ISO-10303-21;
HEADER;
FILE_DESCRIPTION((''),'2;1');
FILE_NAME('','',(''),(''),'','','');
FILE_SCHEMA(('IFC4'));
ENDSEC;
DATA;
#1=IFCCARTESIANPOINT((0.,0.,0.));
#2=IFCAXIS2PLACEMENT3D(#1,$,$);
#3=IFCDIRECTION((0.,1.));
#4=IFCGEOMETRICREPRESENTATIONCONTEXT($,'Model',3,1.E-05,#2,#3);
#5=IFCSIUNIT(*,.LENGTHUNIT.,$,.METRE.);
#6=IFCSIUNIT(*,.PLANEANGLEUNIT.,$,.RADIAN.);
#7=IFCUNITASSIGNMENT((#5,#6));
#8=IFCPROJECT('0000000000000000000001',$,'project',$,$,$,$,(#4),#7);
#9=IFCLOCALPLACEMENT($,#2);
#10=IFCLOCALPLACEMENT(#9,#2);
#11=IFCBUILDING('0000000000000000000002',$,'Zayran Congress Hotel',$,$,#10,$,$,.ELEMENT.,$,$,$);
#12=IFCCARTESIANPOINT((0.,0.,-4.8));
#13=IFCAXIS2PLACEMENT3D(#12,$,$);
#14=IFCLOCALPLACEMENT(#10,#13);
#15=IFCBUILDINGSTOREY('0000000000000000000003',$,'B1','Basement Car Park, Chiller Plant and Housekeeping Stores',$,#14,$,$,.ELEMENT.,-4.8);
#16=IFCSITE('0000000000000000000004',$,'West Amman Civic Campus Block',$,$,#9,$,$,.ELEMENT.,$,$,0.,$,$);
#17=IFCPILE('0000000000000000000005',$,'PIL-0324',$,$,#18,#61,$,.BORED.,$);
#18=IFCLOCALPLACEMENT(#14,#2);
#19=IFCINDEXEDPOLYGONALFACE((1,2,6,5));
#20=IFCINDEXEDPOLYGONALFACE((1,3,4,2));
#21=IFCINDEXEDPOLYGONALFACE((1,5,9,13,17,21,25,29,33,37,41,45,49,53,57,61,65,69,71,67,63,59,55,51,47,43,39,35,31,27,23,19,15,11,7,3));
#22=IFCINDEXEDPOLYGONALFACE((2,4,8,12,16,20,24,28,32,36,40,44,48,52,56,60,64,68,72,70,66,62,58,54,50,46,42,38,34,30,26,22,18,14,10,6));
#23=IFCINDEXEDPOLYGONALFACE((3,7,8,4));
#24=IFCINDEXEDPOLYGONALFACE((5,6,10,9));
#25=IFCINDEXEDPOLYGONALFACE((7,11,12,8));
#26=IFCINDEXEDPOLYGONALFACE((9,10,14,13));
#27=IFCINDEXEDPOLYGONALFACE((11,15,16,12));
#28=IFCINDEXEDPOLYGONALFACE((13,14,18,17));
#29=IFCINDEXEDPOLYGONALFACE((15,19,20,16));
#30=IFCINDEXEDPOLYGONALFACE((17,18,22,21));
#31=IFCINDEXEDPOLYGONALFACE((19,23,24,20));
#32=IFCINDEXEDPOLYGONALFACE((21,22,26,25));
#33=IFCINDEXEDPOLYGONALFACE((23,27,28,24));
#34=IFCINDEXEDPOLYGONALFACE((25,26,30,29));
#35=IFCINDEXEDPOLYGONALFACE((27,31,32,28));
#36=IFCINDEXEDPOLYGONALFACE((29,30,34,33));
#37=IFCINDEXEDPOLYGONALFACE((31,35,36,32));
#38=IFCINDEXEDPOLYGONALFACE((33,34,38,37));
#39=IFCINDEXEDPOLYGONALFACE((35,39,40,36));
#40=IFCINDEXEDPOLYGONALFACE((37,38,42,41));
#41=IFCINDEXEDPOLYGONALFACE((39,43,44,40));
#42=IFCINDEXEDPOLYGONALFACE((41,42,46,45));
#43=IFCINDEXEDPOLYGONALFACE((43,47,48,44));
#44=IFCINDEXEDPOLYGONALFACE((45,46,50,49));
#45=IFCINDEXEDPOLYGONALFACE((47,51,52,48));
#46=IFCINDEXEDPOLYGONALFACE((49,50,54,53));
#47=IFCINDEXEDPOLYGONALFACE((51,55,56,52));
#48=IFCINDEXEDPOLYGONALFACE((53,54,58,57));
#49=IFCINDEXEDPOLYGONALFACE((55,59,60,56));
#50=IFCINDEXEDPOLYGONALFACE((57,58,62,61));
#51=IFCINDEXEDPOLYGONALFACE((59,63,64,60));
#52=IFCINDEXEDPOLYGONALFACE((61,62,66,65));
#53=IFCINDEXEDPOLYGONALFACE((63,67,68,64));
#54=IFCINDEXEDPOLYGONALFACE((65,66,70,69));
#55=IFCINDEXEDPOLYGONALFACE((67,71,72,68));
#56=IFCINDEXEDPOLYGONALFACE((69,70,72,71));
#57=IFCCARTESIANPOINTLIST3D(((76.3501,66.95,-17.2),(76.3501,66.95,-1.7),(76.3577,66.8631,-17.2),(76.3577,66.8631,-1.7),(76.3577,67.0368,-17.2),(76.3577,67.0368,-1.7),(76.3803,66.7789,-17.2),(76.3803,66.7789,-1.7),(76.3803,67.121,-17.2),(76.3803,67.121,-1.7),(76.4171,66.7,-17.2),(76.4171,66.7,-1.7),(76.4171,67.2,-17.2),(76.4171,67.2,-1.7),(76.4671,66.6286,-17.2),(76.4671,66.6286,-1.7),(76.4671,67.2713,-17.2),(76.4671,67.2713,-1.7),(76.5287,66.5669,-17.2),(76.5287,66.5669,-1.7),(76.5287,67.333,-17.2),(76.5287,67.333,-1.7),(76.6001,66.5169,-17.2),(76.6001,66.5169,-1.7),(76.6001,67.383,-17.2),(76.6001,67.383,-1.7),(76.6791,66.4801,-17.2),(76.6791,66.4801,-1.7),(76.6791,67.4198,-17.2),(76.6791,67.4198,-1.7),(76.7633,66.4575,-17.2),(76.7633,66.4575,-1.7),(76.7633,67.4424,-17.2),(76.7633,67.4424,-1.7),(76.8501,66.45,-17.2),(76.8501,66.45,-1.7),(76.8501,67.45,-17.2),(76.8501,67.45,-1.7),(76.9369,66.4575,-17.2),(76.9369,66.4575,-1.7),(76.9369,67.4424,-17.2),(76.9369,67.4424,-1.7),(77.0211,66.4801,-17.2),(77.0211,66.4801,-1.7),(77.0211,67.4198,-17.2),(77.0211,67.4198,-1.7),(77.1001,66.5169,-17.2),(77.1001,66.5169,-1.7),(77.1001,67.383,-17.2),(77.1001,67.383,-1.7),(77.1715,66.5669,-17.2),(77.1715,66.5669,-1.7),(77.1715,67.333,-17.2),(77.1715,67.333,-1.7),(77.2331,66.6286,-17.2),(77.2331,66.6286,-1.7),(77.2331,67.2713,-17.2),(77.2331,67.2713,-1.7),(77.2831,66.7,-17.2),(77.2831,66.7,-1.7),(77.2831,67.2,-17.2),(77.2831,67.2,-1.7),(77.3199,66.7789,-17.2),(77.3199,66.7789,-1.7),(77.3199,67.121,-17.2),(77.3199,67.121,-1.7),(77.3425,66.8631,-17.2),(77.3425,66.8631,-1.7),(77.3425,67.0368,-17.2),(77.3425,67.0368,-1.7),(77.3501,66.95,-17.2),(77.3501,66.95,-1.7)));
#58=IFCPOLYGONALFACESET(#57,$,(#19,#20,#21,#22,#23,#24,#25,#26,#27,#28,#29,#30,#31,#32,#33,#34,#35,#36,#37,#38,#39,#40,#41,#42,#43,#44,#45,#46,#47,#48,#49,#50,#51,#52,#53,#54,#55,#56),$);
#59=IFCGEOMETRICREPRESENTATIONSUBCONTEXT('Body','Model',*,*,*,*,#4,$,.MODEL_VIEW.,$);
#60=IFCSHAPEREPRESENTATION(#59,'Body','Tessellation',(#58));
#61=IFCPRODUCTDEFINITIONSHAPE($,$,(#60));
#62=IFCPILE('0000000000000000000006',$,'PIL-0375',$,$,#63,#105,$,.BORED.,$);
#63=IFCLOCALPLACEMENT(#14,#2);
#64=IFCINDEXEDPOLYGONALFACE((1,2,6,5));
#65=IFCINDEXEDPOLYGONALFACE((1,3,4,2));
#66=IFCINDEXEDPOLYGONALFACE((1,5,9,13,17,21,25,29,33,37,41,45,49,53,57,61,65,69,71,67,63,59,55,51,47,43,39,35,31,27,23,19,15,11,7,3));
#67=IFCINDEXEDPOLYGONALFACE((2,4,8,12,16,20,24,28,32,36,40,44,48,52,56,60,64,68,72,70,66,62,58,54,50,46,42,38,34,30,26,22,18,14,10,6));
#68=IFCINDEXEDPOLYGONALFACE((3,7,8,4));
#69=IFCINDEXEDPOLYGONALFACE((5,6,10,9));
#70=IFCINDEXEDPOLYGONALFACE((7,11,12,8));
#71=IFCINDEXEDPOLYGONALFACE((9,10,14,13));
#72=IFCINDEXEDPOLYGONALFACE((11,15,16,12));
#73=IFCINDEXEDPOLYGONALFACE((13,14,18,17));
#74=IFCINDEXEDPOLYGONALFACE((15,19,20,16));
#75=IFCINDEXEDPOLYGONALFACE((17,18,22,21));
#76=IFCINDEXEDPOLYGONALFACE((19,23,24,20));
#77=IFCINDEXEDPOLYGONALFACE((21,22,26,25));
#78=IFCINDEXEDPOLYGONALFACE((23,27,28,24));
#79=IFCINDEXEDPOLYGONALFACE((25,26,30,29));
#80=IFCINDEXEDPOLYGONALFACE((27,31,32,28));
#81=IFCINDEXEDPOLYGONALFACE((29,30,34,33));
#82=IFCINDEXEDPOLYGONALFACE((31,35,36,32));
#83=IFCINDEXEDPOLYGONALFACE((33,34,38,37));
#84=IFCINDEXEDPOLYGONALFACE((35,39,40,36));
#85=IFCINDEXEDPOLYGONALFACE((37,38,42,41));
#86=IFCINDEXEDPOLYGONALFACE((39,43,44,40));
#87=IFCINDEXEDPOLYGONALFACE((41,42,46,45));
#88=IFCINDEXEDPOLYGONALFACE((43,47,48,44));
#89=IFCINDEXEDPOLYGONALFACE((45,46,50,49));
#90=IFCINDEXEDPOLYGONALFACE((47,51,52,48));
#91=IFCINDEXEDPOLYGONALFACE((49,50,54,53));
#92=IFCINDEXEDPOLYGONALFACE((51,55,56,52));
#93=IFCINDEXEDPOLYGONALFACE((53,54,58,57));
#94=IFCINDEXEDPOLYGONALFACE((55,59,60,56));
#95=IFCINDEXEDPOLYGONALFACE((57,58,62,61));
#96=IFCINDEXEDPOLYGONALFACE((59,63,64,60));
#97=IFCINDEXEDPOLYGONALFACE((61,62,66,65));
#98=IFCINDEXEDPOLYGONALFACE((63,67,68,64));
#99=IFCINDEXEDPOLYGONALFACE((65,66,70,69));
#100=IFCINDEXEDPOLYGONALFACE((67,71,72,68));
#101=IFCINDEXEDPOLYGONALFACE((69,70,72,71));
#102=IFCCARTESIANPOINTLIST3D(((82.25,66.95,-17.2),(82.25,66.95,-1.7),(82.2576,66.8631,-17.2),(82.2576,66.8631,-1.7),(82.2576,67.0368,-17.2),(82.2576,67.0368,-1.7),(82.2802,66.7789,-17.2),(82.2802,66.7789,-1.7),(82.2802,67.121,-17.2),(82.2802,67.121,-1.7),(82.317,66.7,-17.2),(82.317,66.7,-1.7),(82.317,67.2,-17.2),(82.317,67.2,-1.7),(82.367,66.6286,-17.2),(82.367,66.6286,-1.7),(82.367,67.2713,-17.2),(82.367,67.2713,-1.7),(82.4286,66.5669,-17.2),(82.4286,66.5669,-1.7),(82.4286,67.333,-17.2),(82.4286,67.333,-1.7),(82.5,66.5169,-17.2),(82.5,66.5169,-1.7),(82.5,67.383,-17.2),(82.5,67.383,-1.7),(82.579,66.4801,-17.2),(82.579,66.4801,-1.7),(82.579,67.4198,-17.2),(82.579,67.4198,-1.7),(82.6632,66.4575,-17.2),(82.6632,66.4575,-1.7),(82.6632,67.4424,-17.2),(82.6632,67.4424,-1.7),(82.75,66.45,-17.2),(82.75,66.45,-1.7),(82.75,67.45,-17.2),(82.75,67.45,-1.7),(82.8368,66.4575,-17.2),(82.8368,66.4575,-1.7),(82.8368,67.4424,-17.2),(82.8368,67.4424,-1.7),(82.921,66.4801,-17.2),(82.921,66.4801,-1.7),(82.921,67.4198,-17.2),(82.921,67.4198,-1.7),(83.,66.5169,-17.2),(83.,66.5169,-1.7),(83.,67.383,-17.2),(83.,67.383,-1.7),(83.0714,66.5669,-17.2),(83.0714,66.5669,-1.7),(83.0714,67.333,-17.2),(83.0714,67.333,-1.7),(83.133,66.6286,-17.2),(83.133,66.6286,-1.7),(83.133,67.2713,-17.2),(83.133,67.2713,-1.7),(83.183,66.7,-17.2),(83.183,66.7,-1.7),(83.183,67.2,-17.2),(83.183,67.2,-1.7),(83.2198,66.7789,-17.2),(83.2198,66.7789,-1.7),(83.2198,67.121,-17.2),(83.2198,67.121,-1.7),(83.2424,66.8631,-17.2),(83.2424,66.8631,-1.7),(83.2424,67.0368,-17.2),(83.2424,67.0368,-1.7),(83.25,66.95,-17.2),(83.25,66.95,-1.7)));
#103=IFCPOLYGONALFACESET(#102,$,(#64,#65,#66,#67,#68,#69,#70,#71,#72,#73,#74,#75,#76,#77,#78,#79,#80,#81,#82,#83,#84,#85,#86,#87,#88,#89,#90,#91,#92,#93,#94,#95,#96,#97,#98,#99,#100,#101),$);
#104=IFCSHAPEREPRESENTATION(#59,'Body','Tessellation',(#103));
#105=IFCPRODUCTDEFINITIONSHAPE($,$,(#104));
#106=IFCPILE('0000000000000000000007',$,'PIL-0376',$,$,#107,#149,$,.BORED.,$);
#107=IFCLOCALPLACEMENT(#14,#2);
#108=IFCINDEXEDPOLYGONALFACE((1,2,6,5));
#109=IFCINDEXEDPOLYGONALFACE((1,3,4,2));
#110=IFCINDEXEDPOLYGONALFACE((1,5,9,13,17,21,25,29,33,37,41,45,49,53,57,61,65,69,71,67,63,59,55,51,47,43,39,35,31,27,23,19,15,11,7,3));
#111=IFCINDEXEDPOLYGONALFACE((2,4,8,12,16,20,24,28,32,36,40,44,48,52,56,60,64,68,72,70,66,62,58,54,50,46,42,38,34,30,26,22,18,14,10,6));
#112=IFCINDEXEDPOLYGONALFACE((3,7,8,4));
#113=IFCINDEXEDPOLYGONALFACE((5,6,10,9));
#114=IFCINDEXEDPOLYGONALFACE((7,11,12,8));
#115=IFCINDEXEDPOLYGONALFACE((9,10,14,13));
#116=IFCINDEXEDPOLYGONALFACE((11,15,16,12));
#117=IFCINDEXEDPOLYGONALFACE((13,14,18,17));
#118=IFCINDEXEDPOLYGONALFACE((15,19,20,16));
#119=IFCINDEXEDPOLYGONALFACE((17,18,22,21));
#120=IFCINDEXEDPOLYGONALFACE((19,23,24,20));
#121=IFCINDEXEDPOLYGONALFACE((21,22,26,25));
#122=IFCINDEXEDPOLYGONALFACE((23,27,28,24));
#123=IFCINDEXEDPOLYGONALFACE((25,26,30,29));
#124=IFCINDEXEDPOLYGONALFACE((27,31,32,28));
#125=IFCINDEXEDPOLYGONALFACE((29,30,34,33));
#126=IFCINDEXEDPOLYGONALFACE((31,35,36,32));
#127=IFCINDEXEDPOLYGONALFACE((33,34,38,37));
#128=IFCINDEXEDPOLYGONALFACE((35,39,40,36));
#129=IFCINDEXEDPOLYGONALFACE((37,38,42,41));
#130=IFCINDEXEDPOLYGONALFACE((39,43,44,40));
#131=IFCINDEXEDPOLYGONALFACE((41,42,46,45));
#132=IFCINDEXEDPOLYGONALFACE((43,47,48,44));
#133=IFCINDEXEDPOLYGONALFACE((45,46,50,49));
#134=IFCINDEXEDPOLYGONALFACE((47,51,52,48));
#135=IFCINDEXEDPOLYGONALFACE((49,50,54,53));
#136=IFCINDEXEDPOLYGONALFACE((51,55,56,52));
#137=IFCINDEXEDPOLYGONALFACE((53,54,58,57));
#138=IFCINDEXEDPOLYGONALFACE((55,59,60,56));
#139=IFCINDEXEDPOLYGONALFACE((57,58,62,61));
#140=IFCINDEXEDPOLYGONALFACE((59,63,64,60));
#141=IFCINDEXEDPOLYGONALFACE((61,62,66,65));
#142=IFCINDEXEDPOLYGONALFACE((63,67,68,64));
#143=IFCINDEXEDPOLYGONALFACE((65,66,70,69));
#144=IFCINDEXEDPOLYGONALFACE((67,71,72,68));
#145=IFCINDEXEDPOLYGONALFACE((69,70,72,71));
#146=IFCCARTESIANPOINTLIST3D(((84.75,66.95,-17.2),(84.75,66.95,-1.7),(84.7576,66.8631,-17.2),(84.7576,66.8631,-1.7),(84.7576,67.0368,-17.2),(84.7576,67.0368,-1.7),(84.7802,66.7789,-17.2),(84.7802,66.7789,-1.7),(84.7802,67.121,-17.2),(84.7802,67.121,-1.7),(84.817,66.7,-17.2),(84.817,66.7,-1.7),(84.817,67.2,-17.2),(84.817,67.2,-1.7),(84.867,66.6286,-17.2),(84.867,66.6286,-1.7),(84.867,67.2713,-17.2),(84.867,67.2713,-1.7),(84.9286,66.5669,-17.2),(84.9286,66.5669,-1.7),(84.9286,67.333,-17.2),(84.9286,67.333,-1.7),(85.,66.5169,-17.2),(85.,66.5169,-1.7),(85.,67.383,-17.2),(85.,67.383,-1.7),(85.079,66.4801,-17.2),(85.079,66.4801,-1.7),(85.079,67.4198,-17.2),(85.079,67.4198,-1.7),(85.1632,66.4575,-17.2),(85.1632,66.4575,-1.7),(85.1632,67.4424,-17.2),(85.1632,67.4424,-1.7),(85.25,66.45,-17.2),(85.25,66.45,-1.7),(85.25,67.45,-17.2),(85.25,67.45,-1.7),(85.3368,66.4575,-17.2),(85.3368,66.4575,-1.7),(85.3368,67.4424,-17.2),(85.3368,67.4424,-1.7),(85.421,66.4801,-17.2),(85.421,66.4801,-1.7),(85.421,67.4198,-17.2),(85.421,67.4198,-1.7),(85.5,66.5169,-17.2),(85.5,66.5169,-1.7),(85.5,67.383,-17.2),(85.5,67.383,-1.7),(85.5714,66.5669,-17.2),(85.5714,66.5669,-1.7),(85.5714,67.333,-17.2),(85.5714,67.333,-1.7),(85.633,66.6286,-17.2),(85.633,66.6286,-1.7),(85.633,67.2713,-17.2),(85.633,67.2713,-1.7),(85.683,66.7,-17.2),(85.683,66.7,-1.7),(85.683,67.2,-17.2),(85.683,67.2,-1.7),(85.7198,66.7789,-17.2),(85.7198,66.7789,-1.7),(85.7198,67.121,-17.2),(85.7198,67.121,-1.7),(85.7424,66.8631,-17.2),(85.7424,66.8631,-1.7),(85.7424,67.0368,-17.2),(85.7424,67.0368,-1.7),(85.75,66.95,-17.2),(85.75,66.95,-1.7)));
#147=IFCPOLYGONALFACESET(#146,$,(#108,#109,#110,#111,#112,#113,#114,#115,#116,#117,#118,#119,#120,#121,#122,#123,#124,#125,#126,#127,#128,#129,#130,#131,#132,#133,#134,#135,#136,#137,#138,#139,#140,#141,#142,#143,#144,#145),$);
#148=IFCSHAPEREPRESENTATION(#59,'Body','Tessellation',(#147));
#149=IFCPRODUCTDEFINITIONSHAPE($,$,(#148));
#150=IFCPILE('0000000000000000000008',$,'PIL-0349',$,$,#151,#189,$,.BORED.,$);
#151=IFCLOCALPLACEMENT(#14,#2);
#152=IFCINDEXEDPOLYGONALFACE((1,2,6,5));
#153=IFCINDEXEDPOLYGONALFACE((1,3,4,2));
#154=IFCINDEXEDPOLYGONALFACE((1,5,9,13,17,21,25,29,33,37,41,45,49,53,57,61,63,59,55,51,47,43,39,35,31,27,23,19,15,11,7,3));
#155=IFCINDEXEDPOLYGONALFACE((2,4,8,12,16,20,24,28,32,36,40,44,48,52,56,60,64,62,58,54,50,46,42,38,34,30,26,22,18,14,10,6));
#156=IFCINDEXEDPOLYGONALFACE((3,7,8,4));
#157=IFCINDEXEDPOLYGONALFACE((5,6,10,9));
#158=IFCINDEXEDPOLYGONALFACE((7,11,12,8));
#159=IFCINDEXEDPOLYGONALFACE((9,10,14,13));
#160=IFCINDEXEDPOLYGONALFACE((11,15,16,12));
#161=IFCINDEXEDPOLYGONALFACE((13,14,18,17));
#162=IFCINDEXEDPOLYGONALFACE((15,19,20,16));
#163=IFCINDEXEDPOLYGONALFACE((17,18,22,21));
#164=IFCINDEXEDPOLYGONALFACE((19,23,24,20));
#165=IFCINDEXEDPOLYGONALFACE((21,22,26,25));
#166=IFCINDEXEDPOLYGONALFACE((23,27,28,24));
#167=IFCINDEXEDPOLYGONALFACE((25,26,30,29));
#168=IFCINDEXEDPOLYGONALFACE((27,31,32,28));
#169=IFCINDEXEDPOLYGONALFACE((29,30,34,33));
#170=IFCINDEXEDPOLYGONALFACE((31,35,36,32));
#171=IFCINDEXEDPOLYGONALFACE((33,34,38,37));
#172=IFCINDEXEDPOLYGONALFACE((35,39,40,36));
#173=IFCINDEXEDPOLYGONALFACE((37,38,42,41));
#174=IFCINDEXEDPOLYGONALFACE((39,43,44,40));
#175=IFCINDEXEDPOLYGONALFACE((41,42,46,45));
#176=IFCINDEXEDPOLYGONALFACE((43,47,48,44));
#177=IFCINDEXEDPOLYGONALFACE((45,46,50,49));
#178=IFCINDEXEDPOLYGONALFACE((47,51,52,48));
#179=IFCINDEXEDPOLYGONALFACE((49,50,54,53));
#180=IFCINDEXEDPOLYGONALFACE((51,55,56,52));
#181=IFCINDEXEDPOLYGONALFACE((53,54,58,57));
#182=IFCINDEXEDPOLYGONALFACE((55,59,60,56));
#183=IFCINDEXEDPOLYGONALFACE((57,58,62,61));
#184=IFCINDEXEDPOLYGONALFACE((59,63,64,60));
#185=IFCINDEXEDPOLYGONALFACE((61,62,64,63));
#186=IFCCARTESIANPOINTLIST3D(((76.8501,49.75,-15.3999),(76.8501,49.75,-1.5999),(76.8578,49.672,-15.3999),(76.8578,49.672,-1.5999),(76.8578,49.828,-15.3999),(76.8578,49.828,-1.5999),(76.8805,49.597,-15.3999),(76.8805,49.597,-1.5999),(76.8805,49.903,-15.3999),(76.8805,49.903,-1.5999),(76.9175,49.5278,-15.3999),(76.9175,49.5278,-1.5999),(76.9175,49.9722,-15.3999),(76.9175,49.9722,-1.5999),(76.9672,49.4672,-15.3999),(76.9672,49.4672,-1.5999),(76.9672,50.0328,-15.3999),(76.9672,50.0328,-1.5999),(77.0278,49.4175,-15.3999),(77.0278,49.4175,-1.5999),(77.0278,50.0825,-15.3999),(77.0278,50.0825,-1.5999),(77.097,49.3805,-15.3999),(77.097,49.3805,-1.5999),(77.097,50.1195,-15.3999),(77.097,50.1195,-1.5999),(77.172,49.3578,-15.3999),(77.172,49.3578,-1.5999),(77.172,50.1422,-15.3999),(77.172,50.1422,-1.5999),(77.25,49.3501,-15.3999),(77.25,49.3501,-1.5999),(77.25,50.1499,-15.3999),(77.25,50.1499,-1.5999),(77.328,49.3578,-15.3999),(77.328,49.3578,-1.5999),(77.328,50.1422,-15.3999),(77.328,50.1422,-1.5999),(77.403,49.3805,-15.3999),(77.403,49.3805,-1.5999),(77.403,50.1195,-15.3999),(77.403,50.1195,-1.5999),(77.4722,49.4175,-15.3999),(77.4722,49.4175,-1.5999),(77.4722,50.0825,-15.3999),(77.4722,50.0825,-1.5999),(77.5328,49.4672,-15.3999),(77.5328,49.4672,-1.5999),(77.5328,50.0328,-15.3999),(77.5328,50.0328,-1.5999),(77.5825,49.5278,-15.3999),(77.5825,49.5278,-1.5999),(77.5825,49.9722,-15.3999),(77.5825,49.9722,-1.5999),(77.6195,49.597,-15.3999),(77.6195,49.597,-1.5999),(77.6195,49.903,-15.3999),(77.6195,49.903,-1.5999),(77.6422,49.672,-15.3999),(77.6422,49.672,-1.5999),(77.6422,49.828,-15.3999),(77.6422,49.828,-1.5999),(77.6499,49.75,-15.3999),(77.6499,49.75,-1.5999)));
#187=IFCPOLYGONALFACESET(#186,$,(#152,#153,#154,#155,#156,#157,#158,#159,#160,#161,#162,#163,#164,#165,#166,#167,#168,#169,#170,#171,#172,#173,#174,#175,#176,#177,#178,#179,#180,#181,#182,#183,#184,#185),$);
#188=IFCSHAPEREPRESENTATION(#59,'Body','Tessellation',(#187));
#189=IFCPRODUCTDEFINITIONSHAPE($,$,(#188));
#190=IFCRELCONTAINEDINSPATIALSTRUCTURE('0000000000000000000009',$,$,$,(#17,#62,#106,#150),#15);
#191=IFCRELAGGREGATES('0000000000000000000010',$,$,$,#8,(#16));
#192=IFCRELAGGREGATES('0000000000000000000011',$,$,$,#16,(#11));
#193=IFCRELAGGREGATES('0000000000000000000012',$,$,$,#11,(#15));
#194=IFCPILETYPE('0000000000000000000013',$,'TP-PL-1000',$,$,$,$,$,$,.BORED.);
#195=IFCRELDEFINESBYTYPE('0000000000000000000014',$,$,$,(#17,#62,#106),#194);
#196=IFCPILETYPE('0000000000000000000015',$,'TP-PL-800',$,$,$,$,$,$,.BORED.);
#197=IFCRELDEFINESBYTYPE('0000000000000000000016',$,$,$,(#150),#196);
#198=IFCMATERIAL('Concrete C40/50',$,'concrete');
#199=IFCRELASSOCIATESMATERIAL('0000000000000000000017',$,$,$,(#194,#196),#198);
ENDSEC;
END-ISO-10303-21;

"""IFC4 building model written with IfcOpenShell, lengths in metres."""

from ifc_helpers import new_model, si_unit, direction, frame, origin, origin_2d, place, context, subcontext, project, spatial, circle, extrude, material, material_profile, profile_set, type_object, element, save


model = new_model("IFC4")

# Units and contexts
model_context = context("Model", 3, precision=1e-05, world=origin(), true_north=direction((0.0, 1.0)))
body_context = subcontext(model_context, "Body", "Model", "MODEL_VIEW")
ifc_project = project(units=[si_unit("LENGTHUNIT", "METRE"), si_unit("PLANEANGLEUNIT", "RADIAN")], contexts=[model_context])

# Site, building, storey
site_placement = place(None, origin())
site = spatial("IfcSite", under=ifc_project, at=site_placement, Name="West Amman Civic Campus Block", CompositionType="ELEMENT", RefElevation=0.0)
building_placement = place(site_placement, origin())
building = spatial("IfcBuilding", under=site, at=building_placement, Name="Zayran Congress Hotel", CompositionType="ELEMENT")
storey_placement = place(building_placement, frame((0.0, 0.0, -4.8)))
storey = spatial("IfcBuildingStorey", under=building, at=storey_placement, Name="B1", Description="Basement Car Park, Chiller Plant and Housekeeping Stores", CompositionType="ELEMENT", Elevation=-4.8)

# Piles
ifc_material_1 = material(Name="Concrete C40/50", Category="concrete")
ifc_material_profile_1 = material_profile(ifc_material_1, circle(Radius=0.5, at=origin_2d()), Name="PILE D1000")
ifc_profile_set_1 = profile_set([ifc_material_profile_1], Name="Concrete C40/50")
pile_type_1 = type_object("IfcPileType", Name="TP-PL-1000", PredefinedType="BORED", material=ifc_profile_set_1)
for number, where, z_axis, x_axis, name in (
    (1, (76.8501, 66.95, -1.7), (0.0, 0.0, -1.0), (1.0, 0.0, 0.0), "PIL-0324"),
    (2, (82.75, 66.95, -1.7), (0.0, 0.0, -1.0), (1.0, 0.0, 0.0), "PIL-0375"),
    (3, (85.25, 66.95, -1.7), (0.0, 0.0, -1.0), (1.0, 0.0, 0.0), "PIL-0376"),
):
    element("IfcPile", number, at=place(storey_placement, frame(where, z_axis=z_axis, x_axis=x_axis)), inside=storey, type_object=pile_type_1, Name=name, PredefinedType="BORED", context=body_context, shape_type="SweptSolid", body=[
        extrude(circle(Radius=0.5, at=origin_2d()), origin(), (0.0, 0.0, 1.0), 15.5),
    ])
ifc_material_profile_2 = material_profile(ifc_material_1, circle(Radius=0.3999, at=origin_2d()), Name="PILE D800")
ifc_profile_set_2 = profile_set([ifc_material_profile_2], Name="Concrete C40/50")
pile_type_2 = type_object("IfcPileType", Name="TP-PL-800", PredefinedType="BORED", material=ifc_profile_set_2)
for number, where, z_axis, x_axis, name in (
    (4, (77.25, 49.75, -1.5999), (0.0, 0.0, -1.0), (1.0, 0.0, 0.0), "PIL-0349"),
):
    element("IfcPile", number, at=place(storey_placement, frame(where, z_axis=z_axis, x_axis=x_axis)), inside=storey, type_object=pile_type_2, Name=name, PredefinedType="BORED", context=body_context, shape_type="SweptSolid", body=[
        extrude(circle(Radius=0.3999, at=origin_2d()), origin(), (0.0, 0.0, 1.0), 13.8),
    ])

save(model, "model.ifc")
